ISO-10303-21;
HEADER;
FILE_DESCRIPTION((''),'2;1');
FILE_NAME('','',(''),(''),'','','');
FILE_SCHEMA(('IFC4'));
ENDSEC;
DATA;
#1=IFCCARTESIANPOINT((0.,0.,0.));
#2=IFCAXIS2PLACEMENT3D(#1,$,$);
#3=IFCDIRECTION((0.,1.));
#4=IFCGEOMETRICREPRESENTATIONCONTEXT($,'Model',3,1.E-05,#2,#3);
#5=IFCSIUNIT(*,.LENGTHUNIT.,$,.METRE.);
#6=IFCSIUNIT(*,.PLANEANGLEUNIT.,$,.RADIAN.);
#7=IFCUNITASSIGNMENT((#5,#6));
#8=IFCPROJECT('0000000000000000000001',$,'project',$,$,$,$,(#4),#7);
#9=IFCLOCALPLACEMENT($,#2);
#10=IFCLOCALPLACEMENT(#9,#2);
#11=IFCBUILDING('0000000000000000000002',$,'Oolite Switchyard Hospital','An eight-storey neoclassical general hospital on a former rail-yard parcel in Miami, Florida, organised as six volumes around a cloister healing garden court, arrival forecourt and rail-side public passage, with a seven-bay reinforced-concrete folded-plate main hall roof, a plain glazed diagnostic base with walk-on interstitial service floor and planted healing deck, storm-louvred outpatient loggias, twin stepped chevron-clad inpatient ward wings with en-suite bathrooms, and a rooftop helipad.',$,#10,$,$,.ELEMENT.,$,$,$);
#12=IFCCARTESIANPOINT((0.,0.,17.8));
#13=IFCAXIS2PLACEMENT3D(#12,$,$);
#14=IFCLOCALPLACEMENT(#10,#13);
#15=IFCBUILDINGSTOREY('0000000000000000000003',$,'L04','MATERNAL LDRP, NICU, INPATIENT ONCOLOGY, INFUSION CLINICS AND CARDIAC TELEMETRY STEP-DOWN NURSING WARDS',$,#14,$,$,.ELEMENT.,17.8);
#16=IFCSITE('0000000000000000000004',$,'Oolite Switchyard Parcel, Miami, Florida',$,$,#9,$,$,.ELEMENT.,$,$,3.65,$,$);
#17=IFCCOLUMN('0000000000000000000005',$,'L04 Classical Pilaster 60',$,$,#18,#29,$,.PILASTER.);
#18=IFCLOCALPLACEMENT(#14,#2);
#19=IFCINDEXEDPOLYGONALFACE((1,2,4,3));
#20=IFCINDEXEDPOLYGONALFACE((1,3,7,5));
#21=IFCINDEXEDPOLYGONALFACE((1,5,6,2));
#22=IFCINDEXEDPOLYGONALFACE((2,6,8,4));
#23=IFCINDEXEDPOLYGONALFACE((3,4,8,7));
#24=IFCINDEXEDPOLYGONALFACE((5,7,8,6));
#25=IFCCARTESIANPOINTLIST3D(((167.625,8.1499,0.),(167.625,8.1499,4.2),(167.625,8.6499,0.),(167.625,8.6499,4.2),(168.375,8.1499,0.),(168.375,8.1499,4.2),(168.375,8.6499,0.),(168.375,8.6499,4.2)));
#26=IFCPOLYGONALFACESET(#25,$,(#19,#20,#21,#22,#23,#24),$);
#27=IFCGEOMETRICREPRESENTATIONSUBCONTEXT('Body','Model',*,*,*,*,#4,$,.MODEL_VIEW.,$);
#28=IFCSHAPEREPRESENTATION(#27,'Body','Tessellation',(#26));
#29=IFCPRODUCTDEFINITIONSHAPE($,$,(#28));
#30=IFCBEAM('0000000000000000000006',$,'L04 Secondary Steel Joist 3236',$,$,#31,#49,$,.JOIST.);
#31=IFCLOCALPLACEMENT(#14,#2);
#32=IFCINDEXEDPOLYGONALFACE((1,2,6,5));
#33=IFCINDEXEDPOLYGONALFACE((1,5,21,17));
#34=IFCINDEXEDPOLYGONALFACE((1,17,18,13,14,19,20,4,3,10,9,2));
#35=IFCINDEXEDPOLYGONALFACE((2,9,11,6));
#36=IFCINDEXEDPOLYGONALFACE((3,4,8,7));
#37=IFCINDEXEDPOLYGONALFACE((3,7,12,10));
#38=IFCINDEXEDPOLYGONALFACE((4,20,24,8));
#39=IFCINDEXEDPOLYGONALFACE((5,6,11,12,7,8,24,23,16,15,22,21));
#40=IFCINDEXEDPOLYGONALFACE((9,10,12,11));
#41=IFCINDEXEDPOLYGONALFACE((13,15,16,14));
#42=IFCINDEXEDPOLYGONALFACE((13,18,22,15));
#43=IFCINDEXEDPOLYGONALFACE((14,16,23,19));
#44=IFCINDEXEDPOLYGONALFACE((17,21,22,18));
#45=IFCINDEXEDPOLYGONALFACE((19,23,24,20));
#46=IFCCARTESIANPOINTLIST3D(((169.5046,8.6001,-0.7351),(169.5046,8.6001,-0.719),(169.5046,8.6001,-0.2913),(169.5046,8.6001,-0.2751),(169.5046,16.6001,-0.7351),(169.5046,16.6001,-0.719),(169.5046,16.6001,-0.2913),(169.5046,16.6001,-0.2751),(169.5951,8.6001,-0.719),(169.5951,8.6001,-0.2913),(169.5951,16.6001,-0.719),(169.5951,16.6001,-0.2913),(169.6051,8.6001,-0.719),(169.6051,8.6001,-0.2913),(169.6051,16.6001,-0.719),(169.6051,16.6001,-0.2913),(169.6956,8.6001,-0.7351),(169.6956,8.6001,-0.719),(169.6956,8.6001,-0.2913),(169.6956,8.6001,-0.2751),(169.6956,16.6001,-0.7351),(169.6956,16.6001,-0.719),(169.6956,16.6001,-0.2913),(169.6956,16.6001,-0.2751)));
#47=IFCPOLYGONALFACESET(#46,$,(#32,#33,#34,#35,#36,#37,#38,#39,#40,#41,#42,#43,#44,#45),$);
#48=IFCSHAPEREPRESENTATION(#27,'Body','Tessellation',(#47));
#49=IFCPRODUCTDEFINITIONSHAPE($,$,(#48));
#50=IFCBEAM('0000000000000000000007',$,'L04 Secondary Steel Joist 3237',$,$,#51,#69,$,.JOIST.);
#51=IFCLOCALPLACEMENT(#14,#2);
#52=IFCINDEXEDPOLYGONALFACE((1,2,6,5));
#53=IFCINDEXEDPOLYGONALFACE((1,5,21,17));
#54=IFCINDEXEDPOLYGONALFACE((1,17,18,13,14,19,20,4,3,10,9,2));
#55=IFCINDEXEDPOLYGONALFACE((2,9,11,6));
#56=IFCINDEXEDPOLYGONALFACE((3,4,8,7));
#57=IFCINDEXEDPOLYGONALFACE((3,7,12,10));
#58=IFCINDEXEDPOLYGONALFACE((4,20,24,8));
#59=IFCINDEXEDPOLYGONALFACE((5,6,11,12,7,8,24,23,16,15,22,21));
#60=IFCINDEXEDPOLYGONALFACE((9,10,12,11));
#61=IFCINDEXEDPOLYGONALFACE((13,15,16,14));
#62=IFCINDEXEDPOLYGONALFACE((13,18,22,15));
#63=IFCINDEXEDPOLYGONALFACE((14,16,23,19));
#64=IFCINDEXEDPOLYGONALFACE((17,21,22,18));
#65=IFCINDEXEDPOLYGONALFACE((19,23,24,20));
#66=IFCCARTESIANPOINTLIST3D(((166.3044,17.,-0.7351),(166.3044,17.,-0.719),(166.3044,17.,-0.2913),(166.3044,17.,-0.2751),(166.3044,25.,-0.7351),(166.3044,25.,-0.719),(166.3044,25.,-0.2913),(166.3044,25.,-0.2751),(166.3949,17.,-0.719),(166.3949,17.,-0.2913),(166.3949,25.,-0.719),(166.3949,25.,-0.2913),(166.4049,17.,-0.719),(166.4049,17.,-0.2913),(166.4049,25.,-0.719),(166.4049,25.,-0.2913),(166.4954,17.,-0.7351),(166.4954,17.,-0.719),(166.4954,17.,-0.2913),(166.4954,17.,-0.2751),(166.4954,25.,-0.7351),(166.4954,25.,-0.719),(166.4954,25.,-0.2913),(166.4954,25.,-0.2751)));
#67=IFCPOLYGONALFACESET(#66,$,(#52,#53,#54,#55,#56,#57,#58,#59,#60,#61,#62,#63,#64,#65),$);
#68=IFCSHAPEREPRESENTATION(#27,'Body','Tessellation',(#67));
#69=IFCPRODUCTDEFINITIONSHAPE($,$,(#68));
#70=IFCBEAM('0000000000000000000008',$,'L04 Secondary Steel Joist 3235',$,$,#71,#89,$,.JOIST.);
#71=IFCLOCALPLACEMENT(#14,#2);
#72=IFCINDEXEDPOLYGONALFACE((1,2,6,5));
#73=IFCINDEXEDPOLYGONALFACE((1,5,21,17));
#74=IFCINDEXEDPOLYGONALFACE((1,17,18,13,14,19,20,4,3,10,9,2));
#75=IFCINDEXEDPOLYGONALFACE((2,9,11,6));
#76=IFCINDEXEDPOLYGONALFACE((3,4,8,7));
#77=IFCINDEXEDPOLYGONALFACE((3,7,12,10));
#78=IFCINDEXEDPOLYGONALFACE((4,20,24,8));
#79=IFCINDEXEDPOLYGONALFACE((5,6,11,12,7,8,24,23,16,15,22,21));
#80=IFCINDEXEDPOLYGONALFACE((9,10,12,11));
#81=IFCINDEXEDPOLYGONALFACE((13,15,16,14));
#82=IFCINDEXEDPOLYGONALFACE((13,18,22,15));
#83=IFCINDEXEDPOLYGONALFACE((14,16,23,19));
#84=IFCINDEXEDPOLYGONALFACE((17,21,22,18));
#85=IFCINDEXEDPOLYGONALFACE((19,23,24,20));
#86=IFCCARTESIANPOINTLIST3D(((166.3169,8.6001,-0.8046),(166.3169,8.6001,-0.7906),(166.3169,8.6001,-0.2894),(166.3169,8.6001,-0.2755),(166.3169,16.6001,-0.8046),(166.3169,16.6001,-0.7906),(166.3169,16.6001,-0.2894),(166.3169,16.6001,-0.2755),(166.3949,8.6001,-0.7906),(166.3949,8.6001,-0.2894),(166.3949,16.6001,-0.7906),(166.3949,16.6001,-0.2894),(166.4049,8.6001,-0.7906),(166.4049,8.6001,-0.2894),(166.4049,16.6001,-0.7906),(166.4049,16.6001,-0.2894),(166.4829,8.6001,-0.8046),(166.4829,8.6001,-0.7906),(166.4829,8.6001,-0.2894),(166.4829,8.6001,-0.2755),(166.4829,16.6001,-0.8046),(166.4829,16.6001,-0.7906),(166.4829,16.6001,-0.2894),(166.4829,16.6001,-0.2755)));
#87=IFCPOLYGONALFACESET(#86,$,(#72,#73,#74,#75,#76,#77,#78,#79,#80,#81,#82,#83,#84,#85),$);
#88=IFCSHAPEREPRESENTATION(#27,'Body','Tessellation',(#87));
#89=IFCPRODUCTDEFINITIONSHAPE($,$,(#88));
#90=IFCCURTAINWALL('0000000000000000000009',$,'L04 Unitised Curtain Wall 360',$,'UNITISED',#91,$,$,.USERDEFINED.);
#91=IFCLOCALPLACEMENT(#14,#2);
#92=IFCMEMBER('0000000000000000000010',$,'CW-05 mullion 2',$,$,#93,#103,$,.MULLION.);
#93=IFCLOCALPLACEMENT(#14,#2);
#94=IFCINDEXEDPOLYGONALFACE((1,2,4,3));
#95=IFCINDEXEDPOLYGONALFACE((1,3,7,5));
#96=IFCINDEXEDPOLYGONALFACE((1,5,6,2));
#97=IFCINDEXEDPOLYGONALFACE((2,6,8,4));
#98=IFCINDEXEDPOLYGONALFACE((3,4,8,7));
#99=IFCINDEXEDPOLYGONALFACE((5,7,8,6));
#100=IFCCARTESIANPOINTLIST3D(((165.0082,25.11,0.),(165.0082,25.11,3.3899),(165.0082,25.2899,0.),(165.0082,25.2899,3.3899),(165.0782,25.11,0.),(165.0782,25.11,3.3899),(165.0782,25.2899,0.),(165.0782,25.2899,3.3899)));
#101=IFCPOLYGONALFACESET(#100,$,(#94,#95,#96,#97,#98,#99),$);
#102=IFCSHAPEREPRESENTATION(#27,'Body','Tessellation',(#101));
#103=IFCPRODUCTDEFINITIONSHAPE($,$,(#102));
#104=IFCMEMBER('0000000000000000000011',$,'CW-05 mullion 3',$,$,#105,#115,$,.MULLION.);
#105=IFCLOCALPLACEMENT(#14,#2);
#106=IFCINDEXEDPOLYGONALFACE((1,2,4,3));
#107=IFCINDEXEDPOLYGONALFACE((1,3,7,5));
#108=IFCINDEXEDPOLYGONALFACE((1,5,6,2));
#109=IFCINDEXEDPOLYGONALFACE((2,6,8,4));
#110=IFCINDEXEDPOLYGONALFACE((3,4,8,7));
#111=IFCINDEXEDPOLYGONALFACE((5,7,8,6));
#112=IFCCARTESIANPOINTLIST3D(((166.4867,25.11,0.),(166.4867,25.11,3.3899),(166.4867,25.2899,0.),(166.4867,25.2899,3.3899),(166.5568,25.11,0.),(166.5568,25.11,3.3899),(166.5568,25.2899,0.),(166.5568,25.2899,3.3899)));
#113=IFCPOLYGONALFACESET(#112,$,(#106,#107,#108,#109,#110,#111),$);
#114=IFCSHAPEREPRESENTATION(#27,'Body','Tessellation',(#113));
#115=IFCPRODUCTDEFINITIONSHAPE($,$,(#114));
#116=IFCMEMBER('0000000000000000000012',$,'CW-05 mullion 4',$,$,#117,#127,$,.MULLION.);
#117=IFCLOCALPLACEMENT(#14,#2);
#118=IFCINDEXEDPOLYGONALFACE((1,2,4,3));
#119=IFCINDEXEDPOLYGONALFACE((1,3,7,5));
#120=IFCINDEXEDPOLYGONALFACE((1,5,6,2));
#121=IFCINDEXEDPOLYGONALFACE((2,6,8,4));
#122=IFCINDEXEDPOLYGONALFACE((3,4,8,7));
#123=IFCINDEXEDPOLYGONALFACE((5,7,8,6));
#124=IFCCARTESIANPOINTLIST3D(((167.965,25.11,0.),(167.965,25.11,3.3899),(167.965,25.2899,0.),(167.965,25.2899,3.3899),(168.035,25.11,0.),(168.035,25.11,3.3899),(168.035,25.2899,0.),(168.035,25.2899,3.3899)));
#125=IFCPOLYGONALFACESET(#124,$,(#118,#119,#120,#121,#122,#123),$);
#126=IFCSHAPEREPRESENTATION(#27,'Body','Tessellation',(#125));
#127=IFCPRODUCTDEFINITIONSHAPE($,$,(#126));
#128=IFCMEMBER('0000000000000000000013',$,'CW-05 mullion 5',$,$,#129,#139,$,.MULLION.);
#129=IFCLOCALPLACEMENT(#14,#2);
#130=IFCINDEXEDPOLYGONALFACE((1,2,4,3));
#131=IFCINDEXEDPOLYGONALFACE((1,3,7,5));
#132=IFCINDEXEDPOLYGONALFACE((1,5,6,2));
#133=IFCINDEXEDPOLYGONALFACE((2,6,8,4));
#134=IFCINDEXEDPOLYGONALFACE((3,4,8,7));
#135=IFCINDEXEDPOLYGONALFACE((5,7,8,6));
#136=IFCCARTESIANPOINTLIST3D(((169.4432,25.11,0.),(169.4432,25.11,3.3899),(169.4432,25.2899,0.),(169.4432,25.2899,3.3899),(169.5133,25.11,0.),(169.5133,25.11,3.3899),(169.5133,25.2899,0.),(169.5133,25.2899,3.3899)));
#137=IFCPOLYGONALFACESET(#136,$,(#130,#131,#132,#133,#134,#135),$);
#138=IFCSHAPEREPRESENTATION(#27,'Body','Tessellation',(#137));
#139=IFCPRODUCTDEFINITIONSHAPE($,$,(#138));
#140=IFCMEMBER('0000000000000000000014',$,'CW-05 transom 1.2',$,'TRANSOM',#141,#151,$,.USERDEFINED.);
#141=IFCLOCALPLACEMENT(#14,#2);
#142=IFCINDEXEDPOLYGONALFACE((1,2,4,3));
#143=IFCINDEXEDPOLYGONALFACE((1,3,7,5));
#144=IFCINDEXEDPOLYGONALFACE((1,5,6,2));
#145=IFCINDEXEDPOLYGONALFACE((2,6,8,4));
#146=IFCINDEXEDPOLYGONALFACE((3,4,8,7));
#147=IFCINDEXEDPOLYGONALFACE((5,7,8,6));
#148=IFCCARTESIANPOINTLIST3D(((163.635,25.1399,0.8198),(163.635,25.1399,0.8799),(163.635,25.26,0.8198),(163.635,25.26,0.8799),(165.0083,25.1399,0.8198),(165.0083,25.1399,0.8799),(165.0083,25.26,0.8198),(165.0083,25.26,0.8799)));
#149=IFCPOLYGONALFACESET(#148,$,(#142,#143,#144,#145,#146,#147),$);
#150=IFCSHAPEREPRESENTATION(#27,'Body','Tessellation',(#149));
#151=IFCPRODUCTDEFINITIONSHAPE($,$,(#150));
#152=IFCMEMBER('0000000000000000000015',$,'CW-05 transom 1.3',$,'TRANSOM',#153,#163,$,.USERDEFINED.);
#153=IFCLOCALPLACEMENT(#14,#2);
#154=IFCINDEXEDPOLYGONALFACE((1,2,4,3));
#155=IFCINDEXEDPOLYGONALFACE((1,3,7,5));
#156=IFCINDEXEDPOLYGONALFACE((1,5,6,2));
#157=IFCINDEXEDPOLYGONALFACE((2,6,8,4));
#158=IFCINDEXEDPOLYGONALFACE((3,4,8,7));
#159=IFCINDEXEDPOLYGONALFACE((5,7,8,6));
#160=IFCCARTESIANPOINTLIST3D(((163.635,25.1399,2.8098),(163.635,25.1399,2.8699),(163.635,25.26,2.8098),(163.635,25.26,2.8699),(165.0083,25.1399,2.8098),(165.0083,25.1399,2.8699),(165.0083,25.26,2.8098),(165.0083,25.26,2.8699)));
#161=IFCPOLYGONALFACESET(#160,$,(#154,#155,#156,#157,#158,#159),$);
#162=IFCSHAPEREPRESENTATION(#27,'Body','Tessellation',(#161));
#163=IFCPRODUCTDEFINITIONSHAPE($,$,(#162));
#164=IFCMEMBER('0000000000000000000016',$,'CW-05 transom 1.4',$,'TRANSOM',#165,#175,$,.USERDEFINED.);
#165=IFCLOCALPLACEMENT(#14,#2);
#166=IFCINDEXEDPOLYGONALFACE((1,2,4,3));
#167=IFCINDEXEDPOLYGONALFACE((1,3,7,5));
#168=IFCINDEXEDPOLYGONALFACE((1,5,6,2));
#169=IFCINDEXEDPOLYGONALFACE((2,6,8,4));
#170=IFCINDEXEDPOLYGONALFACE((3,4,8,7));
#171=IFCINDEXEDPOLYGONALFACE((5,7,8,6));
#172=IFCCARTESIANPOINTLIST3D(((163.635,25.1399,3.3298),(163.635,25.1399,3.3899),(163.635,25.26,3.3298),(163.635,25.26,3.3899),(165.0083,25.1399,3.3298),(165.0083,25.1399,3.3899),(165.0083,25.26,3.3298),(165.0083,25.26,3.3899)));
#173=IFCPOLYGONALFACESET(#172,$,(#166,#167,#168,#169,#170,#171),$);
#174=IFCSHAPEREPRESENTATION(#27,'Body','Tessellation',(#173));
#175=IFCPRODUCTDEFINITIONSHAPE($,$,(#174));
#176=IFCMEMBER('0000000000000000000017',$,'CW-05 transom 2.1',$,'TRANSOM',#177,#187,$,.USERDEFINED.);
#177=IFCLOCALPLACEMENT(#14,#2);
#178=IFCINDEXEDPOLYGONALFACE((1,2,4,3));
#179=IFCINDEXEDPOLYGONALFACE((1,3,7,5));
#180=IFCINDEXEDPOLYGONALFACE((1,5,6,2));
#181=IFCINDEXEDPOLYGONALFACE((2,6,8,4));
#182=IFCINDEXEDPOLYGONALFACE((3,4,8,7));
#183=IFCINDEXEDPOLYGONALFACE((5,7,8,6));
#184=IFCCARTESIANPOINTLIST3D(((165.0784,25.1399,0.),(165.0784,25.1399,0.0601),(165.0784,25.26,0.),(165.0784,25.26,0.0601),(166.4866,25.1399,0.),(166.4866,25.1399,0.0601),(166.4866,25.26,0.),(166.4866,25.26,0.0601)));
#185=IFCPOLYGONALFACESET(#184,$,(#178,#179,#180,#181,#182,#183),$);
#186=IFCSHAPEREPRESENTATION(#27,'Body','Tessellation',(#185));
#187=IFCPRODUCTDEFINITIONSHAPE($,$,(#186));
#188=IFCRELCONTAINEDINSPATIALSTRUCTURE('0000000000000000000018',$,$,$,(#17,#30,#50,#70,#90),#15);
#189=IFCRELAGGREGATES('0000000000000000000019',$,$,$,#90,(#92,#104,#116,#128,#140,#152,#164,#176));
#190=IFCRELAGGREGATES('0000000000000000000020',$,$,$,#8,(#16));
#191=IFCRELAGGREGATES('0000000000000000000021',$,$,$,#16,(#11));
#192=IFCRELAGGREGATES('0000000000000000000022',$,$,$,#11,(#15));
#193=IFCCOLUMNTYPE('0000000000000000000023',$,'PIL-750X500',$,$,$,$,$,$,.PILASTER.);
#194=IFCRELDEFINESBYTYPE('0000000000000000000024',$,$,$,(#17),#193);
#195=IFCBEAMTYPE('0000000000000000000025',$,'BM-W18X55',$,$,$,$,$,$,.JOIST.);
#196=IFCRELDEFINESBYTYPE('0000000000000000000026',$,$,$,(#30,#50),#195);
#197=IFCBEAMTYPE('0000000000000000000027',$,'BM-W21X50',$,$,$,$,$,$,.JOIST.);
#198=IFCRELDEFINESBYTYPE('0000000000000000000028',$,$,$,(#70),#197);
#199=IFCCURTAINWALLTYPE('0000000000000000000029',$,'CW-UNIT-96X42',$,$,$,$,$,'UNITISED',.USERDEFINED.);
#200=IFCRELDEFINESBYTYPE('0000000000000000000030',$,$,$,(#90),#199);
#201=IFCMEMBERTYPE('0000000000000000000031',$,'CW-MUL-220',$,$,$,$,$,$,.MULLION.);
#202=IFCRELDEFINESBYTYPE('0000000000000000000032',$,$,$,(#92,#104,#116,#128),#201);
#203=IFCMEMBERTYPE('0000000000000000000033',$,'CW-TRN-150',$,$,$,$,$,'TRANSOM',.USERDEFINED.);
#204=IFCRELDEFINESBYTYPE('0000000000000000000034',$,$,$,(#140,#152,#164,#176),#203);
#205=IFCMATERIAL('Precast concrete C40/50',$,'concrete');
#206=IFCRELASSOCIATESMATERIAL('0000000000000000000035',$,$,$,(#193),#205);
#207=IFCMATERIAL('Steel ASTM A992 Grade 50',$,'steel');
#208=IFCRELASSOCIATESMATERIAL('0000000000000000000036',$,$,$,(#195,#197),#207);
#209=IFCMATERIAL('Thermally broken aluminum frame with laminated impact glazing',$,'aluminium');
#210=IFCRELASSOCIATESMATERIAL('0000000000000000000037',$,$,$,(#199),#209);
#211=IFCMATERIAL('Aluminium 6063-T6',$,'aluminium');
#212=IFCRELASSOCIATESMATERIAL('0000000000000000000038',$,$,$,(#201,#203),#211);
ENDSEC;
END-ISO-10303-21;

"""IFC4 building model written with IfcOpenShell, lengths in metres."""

from ifc_helpers import new_model, si_unit, direction, frame, origin, origin_2d, place, context, subcontext, project, spatial, rectangle, i_section, extrude, material, material_profile, profile_set, type_object, element, aggregate, save


model = new_model("IFC4")

# Units and contexts
model_context = context("Model", 3, precision=1e-05, world=origin(), true_north=direction((0.0, 1.0)))
body_context = subcontext(model_context, "Body", "Model", "MODEL_VIEW")
ifc_project = project(units=[si_unit("LENGTHUNIT", "METRE"), si_unit("PLANEANGLEUNIT", "RADIAN")], contexts=[model_context])

# Site, building, storey
site_placement = place(None, origin())
site = spatial("IfcSite", under=ifc_project, at=site_placement, Name="Oolite Switchyard Parcel, Miami, Florida", CompositionType="ELEMENT", RefElevation=3.65)
building_placement = place(site_placement, origin())
building = spatial("IfcBuilding", under=site, at=building_placement, Name="Oolite Switchyard Hospital", Description="An eight-storey neoclassical general hospital on a former rail-yard parcel in Miami, Florida, organised as six volumes around a cloister healing garden court, arrival forecourt and rail-side public passage, with a seven-bay reinforced-concrete folded-plate main hall roof, a plain glazed diagnostic base with walk-on interstitial service floor and planted healing deck, storm-louvred outpatient loggias, twin stepped chevron-clad inpatient ward wings with en-suite bathrooms, and a rooftop helipad.", CompositionType="ELEMENT")
storey_placement = place(building_placement, frame((0.0, 0.0, 17.8)))
storey = spatial("IfcBuildingStorey", under=building, at=storey_placement, Name="L04", Description="MATERNAL LDRP, NICU, INPATIENT ONCOLOGY, INFUSION CLINICS AND CARDIAC TELEMETRY STEP-DOWN NURSING WARDS", CompositionType="ELEMENT", Elevation=17.8)

# Column
ifc_material_1 = material(Name="Precast concrete C40/50", Category="concrete")
ifc_material_profile_1 = material_profile(ifc_material_1, rectangle(XDim=0.75, YDim=0.5, at=origin_2d()), Name="PIL750X500")
ifc_profile_set_1 = profile_set([ifc_material_profile_1], Name="Precast concrete C40/50")
column_type = type_object("IfcColumnType", Name="PIL-750X500", PredefinedType="PILASTER", material=ifc_profile_set_1)
column_placement = place(storey_placement, frame((168.0, 8.3999, 0.0), z_axis=(0.0, 0.0, 1.0), x_axis=(1.0, 0.0, 0.0)))
element("IfcColumn", 1, at=column_placement, inside=storey, type_object=column_type, Name="L04 Classical Pilaster 60", PredefinedType="PILASTER", context=body_context, shape_type="SweptSolid", body=[
    extrude(rectangle(XDim=0.75, YDim=0.5, at=origin_2d()), origin(), (0.0, 0.0, 1.0), 4.2),
])

# Beams
ifc_material_2 = material(Name="Steel ASTM A992 Grade 50", Category="steel")
ifc_material_profile_2 = material_profile(ifc_material_2, i_section(OverallWidth=0.1909, OverallDepth=0.46, WebThickness=0.01, FlangeThickness=0.0161, at=origin_2d()), Name="W18X55")
ifc_profile_set_2 = profile_set([ifc_material_profile_2], Name="Steel ASTM A992 Grade 50")
beam_type_1 = type_object("IfcBeamType", Name="BM-W18X55", PredefinedType="JOIST", material=ifc_profile_set_2)
for number, where, z_axis, x_axis, name in (
    (2, (169.6001, 8.6001, -0.5051), (0.0, 1.0, 0.0), (-1.0, 0.0, 0.0), "L04 Secondary Steel Joist 3236"),
    (3, (166.3999, 17.0, -0.5051), (0.0, 1.0, 0.0), (-1.0, 0.0, 0.0), "L04 Secondary Steel Joist 3237"),
):
    element("IfcBeam", number, at=place(storey_placement, frame(where, z_axis=z_axis, x_axis=x_axis)), inside=storey, type_object=beam_type_1, Name=name, PredefinedType="JOIST", context=body_context, shape_type="SweptSolid", body=[
        extrude(i_section(OverallWidth=0.1909, OverallDepth=0.46, WebThickness=0.01, FlangeThickness=0.0161, at=origin_2d()), origin(), (0.0, 0.0, 1.0), 8.0),
    ])
ifc_material_profile_3 = material_profile(ifc_material_2, i_section(OverallWidth=0.166, OverallDepth=0.5291, WebThickness=0.01, FlangeThickness=0.0139, at=origin_2d()), Name="W21X50")
ifc_profile_set_3 = profile_set([ifc_material_profile_3], Name="Steel ASTM A992 Grade 50")
beam_type_2 = type_object("IfcBeamType", Name="BM-W21X50", PredefinedType="JOIST", material=ifc_profile_set_3)
beam_placement = place(storey_placement, frame((166.3999, 8.6001, -0.54), z_axis=(0.0, 1.0, 0.0), x_axis=(-1.0, 0.0, 0.0)))
element("IfcBeam", 4, at=beam_placement, inside=storey, type_object=beam_type_2, Name="L04 Secondary Steel Joist 3235", PredefinedType="JOIST", context=body_context, shape_type="SweptSolid", body=[
    extrude(i_section(OverallWidth=0.166, OverallDepth=0.5291, WebThickness=0.01, FlangeThickness=0.0139, at=origin_2d()), origin(), (0.0, 0.0, 1.0), 8.0),
])

# Curtain wall, members
ifc_material_3 = material(Name="Thermally broken aluminum frame with laminated impact glazing", Category="aluminium")
curtain_wall_type = type_object("IfcCurtainWallType", Name="CW-UNIT-96X42", ElementType="UNITISED", PredefinedType="USERDEFINED", material=ifc_material_3)
curtain_wall_placement = place(storey_placement, origin())
curtain_wall = element("IfcCurtainWall", 5, at=curtain_wall_placement, inside=storey, type_object=curtain_wall_type, Name="L04 Unitised Curtain Wall 360", ObjectType="UNITISED", PredefinedType="USERDEFINED")
ifc_material_4 = material(Name="Aluminium 6063-T6", Category="aluminium")
ifc_material_profile_4 = material_profile(ifc_material_4, rectangle(XDim=0.1799, YDim=0.0701, at=origin_2d()), Name="CWM70X180")
ifc_profile_set_4 = profile_set([ifc_material_profile_4], Name="Aluminium 6063-T6")
member_type_1 = type_object("IfcMemberType", Name="CW-MUL-220", PredefinedType="MULLION", material=ifc_profile_set_4)
member_1_placement = place(storey_placement, frame((165.0432, 25.2, 0.0), z_axis=(0.0, 0.0, 1.0), x_axis=(0.0, 1.0, 0.0)))
member_1 = element("IfcMember", 6, at=member_1_placement, type_object=member_type_1, Name="CW-05 mullion 2", PredefinedType="MULLION", context=body_context, shape_type="SweptSolid", body=[
    extrude(rectangle(XDim=0.1799, YDim=0.0701, at=origin_2d()), origin(), (0.0, 0.0, 1.0), 3.3899),
])
member_2_placement = place(storey_placement, frame((166.5217, 25.2, 0.0), z_axis=(0.0, 0.0, 1.0), x_axis=(0.0, 1.0, 0.0)))
member_2 = element("IfcMember", 7, at=member_2_placement, type_object=member_type_1, Name="CW-05 mullion 3", PredefinedType="MULLION", context=body_context, shape_type="SweptSolid", body=[
    extrude(rectangle(XDim=0.1799, YDim=0.0701, at=origin_2d()), origin(), (0.0, 0.0, 1.0), 3.3899),
])
member_3_placement = place(storey_placement, frame((168.0, 25.2, 0.0), z_axis=(0.0, 0.0, 1.0), x_axis=(0.0, 1.0, 0.0)))
member_3 = element("IfcMember", 8, at=member_3_placement, type_object=member_type_1, Name="CW-05 mullion 4", PredefinedType="MULLION", context=body_context, shape_type="SweptSolid", body=[
    extrude(rectangle(XDim=0.1799, YDim=0.0701, at=origin_2d()), origin(), (0.0, 0.0, 1.0), 3.3899),
])
member_4_placement = place(storey_placement, frame((169.4783, 25.2, 0.0), z_axis=(0.0, 0.0, 1.0), x_axis=(0.0, 1.0, 0.0)))
member_4 = element("IfcMember", 9, at=member_4_placement, type_object=member_type_1, Name="CW-05 mullion 5", PredefinedType="MULLION", context=body_context, shape_type="SweptSolid", body=[
    extrude(rectangle(XDim=0.1799, YDim=0.0701, at=origin_2d()), origin(), (0.0, 0.0, 1.0), 3.3899),
])
ifc_material_profile_5 = material_profile(ifc_material_4, rectangle(XDim=0.1201, YDim=0.0601, at=origin_2d()), Name="CWT60X120")
ifc_profile_set_5 = profile_set([ifc_material_profile_5], Name="Aluminium 6063-T6")
member_type_2 = type_object("IfcMemberType", Name="CW-TRN-150", ElementType="TRANSOM", PredefinedType="USERDEFINED", material=ifc_profile_set_5)
member_5_placement = place(storey_placement, frame((163.635, 25.2, 0.8499), z_axis=(1.0, 0.0, 0.0), x_axis=(0.0, 1.0, 0.0)))
member_5 = element("IfcMember", 10, at=member_5_placement, type_object=member_type_2, Name="CW-05 transom 1.2", ObjectType="TRANSOM", PredefinedType="USERDEFINED", context=body_context, shape_type="SweptSolid", body=[
    extrude(rectangle(XDim=0.1201, YDim=0.0601, at=origin_2d()), origin(), (0.0, 0.0, 1.0), 1.3733),
])
member_6_placement = place(storey_placement, frame((163.635, 25.2, 2.8398), z_axis=(1.0, 0.0, 0.0), x_axis=(0.0, 1.0, 0.0)))
member_6 = element("IfcMember", 11, at=member_6_placement, type_object=member_type_2, Name="CW-05 transom 1.3", ObjectType="TRANSOM", PredefinedType="USERDEFINED", context=body_context, shape_type="SweptSolid", body=[
    extrude(rectangle(XDim=0.1201, YDim=0.0601, at=origin_2d()), origin(), (0.0, 0.0, 1.0), 1.3733),
])
member_7_placement = place(storey_placement, frame((163.635, 25.2, 3.3599), z_axis=(1.0, 0.0, 0.0), x_axis=(0.0, 1.0, 0.0)))
member_7 = element("IfcMember", 12, at=member_7_placement, type_object=member_type_2, Name="CW-05 transom 1.4", ObjectType="TRANSOM", PredefinedType="USERDEFINED", context=body_context, shape_type="SweptSolid", body=[
    extrude(rectangle(XDim=0.1201, YDim=0.0601, at=origin_2d()), origin(), (0.0, 0.0, 1.0), 1.3733),
])
member_8_placement = place(storey_placement, frame((165.0784, 25.2, 0.03), z_axis=(1.0, 0.0, 0.0), x_axis=(0.0, 1.0, 0.0)))
member_8 = element("IfcMember", 13, at=member_8_placement, type_object=member_type_2, Name="CW-05 transom 2.1", ObjectType="TRANSOM", PredefinedType="USERDEFINED", context=body_context, shape_type="SweptSolid", body=[
    extrude(rectangle(XDim=0.1201, YDim=0.0601, at=origin_2d()), origin(), (0.0, 0.0, 1.0), 1.4082),
])
aggregate(curtain_wall, [member_1, member_2, member_3, member_4, member_5, member_6, member_7, member_8])

save(model, "model.ifc")
